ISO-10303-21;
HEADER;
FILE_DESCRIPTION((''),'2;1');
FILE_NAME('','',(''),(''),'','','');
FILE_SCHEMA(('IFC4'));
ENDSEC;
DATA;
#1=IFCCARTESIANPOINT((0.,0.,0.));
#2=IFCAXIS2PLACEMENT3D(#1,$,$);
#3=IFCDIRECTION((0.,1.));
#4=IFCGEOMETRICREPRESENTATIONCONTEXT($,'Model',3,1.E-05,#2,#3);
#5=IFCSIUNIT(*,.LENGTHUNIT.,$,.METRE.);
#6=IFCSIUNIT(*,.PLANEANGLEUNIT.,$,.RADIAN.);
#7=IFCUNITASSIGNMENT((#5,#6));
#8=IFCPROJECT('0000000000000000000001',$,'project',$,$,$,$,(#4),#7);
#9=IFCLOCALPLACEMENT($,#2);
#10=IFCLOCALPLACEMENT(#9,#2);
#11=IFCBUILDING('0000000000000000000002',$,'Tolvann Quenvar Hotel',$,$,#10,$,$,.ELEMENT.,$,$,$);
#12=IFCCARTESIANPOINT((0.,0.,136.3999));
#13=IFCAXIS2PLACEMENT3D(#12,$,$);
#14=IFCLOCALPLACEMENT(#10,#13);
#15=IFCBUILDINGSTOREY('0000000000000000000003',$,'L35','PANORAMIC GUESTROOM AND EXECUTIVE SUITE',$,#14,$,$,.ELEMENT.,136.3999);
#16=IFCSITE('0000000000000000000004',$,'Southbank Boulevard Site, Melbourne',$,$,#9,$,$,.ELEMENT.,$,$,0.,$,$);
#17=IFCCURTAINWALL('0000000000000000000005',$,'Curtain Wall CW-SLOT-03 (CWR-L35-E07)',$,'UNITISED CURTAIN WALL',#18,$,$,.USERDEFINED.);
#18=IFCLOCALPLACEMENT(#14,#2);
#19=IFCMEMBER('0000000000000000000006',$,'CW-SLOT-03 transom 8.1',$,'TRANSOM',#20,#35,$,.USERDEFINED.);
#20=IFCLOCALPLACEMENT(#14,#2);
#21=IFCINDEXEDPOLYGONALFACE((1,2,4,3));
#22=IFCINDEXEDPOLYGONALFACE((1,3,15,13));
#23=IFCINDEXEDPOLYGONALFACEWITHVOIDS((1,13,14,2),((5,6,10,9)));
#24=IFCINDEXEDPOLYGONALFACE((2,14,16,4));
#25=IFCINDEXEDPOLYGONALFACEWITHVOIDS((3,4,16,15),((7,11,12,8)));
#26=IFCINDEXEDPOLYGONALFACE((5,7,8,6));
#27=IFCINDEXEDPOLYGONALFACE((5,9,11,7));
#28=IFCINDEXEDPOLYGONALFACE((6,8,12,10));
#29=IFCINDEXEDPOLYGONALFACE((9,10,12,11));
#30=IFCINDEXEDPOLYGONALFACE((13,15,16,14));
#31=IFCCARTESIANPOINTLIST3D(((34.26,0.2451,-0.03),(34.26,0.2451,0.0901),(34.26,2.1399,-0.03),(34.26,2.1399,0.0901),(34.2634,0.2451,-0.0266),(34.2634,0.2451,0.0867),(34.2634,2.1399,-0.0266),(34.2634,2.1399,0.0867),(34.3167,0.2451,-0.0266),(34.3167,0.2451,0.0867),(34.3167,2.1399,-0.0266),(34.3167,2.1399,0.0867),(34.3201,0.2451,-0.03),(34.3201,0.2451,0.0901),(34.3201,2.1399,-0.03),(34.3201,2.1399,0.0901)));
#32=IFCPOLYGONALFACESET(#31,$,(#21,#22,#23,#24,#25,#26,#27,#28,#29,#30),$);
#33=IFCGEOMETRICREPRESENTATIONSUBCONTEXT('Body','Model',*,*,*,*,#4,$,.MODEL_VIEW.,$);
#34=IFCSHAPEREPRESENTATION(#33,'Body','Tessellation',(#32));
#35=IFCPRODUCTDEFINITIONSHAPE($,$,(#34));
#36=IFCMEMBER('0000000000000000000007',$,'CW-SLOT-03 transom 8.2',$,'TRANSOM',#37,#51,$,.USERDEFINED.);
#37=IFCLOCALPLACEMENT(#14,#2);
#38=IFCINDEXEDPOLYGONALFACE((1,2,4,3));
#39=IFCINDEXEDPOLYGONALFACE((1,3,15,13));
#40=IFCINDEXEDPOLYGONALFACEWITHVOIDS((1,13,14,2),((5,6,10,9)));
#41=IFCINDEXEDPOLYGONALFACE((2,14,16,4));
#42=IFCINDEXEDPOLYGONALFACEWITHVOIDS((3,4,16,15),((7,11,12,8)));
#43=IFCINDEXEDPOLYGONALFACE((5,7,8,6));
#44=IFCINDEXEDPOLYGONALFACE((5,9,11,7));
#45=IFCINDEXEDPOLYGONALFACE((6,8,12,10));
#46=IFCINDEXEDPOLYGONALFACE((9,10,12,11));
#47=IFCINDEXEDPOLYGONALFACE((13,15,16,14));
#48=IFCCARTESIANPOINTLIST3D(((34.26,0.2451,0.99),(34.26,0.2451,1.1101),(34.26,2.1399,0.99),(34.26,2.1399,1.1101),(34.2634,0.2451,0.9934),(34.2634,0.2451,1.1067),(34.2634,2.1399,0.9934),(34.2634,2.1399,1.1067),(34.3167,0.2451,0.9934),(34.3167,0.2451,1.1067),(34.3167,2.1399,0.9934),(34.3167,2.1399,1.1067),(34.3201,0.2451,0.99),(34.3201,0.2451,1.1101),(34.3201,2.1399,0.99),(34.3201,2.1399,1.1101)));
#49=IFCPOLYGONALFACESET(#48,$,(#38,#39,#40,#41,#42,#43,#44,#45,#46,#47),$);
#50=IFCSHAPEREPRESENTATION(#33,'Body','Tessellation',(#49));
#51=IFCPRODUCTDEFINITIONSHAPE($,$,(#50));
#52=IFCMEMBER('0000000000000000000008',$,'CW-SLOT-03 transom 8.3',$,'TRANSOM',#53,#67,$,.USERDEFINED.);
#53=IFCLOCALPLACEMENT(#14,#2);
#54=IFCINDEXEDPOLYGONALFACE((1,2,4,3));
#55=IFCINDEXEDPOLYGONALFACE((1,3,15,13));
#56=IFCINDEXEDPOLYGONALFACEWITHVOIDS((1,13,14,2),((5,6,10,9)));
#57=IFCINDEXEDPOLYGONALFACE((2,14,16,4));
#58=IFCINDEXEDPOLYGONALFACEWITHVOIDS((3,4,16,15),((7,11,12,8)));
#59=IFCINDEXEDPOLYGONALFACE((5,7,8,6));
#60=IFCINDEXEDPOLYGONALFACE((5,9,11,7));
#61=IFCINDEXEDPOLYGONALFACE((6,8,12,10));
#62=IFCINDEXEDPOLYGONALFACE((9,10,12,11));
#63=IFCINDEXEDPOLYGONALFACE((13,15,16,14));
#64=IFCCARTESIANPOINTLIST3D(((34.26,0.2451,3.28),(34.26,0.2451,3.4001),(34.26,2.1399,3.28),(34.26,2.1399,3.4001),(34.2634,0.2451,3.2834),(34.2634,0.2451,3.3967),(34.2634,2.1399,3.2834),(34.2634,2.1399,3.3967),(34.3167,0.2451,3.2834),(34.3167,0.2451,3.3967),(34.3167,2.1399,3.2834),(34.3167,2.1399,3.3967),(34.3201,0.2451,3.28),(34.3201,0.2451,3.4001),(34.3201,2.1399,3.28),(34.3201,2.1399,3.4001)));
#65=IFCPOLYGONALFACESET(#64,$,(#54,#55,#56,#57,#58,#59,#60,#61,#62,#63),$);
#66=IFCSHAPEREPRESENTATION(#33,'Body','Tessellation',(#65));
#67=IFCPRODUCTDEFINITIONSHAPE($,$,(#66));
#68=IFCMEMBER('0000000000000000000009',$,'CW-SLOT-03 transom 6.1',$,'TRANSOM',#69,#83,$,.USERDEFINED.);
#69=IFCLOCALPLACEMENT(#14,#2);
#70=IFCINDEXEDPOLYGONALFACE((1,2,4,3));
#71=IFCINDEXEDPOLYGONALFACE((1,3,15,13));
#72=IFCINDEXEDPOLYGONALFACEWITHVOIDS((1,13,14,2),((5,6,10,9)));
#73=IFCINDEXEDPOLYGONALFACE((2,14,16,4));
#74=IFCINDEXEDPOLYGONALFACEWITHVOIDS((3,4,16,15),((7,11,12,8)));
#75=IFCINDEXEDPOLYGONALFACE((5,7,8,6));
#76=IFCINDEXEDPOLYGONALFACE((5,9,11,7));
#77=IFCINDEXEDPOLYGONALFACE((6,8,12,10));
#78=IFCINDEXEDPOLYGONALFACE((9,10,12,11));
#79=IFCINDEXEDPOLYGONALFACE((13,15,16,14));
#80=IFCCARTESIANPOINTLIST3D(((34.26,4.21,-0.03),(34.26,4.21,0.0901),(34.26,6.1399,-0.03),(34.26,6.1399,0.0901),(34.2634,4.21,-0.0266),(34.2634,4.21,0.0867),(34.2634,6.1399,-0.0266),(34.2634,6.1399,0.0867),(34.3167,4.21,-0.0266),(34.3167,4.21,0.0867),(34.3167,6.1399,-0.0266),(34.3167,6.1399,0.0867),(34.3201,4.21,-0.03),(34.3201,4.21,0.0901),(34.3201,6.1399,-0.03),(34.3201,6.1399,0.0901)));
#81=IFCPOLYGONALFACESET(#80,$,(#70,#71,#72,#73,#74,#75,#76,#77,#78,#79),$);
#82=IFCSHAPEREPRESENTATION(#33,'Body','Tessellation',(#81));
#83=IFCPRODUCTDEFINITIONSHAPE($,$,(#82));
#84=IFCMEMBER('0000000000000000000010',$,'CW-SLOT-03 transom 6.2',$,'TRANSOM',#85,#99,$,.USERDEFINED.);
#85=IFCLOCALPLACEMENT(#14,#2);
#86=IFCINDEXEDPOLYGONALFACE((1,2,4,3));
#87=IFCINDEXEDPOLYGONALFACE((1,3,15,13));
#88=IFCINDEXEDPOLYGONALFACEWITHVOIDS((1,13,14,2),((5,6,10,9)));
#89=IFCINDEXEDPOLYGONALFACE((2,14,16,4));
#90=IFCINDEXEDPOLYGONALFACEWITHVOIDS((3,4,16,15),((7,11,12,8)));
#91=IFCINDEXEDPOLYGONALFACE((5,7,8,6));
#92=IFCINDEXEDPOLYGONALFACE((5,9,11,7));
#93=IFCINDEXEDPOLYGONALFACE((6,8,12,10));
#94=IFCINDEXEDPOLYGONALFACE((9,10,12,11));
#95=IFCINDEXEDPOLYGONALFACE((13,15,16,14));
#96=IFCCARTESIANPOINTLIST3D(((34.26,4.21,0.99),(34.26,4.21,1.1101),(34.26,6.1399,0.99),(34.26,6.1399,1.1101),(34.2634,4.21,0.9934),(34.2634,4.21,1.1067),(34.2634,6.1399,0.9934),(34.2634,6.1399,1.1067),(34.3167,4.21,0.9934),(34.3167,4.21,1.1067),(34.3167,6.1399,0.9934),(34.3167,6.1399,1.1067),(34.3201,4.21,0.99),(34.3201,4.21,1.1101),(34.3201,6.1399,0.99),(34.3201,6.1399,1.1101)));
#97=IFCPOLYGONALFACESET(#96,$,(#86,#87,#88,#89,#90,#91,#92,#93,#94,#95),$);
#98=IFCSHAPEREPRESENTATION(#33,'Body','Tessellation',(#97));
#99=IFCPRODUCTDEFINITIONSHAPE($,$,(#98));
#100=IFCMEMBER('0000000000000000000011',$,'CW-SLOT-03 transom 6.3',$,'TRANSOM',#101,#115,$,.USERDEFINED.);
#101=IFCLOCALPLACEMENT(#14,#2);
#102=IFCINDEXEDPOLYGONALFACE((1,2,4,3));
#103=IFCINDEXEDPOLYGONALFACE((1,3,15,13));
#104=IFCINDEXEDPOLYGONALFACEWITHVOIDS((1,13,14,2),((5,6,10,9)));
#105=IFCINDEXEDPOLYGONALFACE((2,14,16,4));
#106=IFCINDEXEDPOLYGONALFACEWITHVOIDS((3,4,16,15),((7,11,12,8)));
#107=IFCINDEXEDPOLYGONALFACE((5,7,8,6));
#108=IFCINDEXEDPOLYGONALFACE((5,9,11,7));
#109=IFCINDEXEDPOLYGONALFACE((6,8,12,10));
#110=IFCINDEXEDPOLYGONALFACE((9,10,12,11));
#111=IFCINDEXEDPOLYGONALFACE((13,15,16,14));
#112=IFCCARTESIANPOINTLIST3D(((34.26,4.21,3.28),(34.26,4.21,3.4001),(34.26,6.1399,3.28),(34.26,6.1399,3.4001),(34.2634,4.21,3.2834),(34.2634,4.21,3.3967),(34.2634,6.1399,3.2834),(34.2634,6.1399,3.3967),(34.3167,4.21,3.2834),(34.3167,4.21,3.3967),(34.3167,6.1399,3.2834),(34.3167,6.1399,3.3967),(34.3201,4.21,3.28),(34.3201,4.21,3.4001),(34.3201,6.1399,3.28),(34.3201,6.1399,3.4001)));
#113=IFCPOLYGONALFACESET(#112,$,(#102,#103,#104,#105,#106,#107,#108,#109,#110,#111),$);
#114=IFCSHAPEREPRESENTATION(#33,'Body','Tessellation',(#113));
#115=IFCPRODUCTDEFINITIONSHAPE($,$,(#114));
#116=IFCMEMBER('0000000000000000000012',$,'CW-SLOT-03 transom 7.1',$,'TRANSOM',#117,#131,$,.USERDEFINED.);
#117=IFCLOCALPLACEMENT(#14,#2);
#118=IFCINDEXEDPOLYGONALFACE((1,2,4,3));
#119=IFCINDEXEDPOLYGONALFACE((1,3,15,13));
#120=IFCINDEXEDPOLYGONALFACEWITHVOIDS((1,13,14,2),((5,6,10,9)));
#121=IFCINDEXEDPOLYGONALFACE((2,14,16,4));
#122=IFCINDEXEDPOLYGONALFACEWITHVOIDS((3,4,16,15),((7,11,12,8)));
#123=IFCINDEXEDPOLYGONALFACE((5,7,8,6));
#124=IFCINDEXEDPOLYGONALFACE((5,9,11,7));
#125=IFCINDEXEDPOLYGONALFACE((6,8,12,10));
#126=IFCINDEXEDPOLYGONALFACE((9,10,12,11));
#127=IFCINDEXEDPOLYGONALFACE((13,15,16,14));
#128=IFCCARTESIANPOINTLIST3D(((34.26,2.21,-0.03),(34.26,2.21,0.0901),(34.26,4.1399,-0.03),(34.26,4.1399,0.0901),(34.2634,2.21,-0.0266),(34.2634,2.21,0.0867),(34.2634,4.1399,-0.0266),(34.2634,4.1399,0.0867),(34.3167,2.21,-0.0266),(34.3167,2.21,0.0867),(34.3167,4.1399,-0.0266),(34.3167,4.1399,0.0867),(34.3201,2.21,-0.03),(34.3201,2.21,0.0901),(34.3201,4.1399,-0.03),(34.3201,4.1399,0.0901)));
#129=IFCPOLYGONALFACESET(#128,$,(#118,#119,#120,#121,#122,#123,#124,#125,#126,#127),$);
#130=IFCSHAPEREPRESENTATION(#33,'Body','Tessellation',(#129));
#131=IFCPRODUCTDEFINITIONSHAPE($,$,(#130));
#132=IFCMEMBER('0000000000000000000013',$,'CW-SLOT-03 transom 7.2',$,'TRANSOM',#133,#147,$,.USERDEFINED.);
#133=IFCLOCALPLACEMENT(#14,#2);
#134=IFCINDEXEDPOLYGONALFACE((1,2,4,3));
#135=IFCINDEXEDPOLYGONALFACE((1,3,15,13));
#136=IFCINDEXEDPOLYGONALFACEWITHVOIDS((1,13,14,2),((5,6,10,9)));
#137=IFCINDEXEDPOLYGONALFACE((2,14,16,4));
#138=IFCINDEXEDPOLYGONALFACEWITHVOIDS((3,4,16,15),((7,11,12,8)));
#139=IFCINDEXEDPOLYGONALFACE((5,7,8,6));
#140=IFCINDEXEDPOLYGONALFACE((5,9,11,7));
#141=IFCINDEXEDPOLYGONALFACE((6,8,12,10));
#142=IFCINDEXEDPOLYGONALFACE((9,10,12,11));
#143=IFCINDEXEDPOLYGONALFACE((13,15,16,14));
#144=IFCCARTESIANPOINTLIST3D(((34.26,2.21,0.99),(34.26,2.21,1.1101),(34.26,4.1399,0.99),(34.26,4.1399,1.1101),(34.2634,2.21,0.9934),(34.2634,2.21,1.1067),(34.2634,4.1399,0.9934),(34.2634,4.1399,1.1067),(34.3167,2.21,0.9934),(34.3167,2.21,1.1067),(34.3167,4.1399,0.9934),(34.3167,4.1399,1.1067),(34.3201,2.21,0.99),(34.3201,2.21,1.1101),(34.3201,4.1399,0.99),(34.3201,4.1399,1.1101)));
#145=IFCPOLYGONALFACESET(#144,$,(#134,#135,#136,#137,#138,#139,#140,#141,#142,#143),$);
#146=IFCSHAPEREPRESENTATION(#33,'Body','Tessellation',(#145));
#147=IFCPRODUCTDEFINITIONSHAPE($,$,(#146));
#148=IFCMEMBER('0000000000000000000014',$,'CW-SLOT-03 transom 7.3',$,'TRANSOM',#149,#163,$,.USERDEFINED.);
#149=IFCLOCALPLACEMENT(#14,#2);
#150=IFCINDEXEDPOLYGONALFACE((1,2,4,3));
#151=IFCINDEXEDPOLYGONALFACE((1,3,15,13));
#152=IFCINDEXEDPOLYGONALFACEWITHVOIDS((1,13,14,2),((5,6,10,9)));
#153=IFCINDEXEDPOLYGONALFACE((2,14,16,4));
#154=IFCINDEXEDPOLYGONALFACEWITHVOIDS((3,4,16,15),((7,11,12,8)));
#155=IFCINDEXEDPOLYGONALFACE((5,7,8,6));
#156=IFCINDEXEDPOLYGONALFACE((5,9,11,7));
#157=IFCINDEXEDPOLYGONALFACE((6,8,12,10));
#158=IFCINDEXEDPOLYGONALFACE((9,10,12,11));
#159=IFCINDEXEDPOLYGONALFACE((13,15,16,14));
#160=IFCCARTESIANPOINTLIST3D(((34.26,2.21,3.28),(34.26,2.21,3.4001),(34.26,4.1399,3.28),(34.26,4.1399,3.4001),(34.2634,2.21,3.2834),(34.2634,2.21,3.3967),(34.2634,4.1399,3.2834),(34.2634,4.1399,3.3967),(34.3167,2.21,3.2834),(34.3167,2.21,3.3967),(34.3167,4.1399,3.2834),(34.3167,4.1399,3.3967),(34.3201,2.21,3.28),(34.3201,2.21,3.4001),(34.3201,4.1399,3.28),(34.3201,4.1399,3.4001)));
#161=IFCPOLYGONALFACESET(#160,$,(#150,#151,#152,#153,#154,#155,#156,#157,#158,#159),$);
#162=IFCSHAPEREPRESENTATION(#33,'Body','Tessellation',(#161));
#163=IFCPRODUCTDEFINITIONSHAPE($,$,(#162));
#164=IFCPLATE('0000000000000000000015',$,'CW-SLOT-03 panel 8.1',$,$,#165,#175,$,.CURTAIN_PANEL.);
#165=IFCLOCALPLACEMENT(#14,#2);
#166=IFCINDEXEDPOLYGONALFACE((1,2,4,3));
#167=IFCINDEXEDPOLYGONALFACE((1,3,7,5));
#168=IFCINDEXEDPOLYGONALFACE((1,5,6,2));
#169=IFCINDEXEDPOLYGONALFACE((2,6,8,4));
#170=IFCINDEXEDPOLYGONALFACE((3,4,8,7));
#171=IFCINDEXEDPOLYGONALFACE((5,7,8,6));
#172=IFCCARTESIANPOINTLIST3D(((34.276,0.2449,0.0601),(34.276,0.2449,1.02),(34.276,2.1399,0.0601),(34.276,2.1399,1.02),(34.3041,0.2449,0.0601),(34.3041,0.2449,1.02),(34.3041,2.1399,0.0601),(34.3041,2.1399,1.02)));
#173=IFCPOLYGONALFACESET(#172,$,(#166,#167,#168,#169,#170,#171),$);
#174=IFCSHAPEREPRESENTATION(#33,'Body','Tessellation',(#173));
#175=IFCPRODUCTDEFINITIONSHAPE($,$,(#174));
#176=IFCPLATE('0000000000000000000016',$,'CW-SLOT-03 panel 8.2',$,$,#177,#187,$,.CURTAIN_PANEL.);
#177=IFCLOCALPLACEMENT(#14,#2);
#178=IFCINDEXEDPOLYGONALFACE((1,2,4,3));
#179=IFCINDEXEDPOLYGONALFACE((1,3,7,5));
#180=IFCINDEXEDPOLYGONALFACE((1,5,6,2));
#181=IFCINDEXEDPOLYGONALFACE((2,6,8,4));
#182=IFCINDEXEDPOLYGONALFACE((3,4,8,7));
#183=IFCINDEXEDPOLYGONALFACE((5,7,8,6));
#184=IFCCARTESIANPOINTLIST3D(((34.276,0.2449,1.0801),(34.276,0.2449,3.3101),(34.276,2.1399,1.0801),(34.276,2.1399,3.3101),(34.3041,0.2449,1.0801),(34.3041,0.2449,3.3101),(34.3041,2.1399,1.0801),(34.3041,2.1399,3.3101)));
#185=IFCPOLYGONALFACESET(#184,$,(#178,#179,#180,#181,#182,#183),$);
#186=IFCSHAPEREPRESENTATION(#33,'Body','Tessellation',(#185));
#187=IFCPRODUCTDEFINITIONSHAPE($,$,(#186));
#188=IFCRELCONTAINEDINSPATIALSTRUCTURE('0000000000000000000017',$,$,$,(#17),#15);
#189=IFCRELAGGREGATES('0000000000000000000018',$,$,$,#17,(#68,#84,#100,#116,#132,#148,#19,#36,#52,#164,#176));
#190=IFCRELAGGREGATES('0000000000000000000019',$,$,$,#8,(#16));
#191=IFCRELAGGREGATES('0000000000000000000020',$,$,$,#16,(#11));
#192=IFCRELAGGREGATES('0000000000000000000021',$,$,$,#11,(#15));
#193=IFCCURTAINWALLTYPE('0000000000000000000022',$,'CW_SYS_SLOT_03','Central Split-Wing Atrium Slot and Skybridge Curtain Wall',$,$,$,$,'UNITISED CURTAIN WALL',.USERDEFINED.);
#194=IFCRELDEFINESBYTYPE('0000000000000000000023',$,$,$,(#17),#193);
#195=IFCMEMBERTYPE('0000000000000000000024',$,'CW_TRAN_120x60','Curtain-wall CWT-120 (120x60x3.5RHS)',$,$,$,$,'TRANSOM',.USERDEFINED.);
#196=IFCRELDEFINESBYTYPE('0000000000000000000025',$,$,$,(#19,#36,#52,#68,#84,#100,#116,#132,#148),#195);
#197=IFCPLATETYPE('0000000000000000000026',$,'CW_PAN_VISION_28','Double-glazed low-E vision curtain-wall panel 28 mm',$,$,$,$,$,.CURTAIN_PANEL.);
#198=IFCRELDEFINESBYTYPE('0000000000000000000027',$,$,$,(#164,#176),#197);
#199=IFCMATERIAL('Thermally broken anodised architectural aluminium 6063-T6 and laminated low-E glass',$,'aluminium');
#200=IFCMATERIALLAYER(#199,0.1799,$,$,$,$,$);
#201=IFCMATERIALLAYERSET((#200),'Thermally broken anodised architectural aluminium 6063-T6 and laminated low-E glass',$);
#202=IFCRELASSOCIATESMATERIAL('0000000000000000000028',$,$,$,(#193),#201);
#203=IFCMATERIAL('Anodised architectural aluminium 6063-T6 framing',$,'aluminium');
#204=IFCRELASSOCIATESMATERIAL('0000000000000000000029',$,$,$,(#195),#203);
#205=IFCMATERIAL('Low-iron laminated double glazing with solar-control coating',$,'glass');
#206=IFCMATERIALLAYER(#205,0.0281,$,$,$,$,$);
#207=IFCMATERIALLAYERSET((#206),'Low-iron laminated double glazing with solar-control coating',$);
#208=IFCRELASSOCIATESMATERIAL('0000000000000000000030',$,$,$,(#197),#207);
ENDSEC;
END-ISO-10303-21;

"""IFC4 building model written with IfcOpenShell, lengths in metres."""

from ifc_helpers import new_model, si_unit, direction, frame, origin, origin_2d, place, context, subcontext, project, spatial, rectangle, hollow_rectangle, extrude, source, transform, mapped, material, layer, layer_set, material_profile, profile_set, type_object, type_shapes, element, aggregate, save


model = new_model("IFC4")

# Units and contexts
model_context = context("Model", 3, precision=1e-05, world=origin(), true_north=direction((0.0, 1.0)))
body_context = subcontext(model_context, "Body", "Model", "MODEL_VIEW")
ifc_project = project(units=[si_unit("LENGTHUNIT", "METRE"), si_unit("PLANEANGLEUNIT", "RADIAN")], contexts=[model_context])

# Site, building, storey
site_placement = place(None, origin())
site = spatial("IfcSite", under=ifc_project, at=site_placement, Name="Southbank Boulevard Site, Melbourne", CompositionType="ELEMENT", RefElevation=0.0)
building_placement = place(site_placement, origin())
building = spatial("IfcBuilding", under=site, at=building_placement, Name="Tolvann Quenvar Hotel", CompositionType="ELEMENT")
storey_placement = place(building_placement, frame((0.0, 0.0, 136.3999)))
storey = spatial("IfcBuildingStorey", under=building, at=storey_placement, Name="L35", Description="PANORAMIC GUESTROOM AND EXECUTIVE SUITE", CompositionType="ELEMENT", Elevation=136.3999)

# Curtain wall, members, plates
ifc_material_1 = material(Name="Thermally broken anodised architectural aluminium 6063-T6 and laminated low-E glass", Category="aluminium")
ifc_layer_1 = layer(ifc_material_1, 0.1799)
ifc_layer_set_1 = layer_set([ifc_layer_1], Name="Thermally broken anodised architectural aluminium 6063-T6 and laminated low-E glass")
curtain_wall_type = type_object("IfcCurtainWallType", Name="CW_SYS_SLOT_03", Description="Central Split-Wing Atrium Slot and Skybridge Curtain Wall", ElementType="UNITISED CURTAIN WALL", PredefinedType="USERDEFINED", material=ifc_layer_set_1)
curtain_wall_placement = place(storey_placement, origin())
curtain_wall = element("IfcCurtainWall", 1, at=curtain_wall_placement, inside=storey, type_object=curtain_wall_type, Name="Curtain Wall CW-SLOT-03 (CWR-L35-E07)", ObjectType="UNITISED CURTAIN WALL", PredefinedType="USERDEFINED")
ifc_material_2 = material(Name="Anodised architectural aluminium 6063-T6 framing", Category="aluminium")
ifc_material_profile_1 = material_profile(ifc_material_2, hollow_rectangle(XDim=0.0601, YDim=0.1201, WallThickness=0.0034, at=origin_2d()), Name="120x60x3.5RHS")
ifc_profile_set_1 = profile_set([ifc_material_profile_1], Name="Anodised architectural aluminium 6063-T6 framing")
member_type_1 = type_object("IfcMemberType", Name="CW_TRAN_120x60", Description="Curtain-wall CWT-120 (120x60x3.5RHS)", ElementType="TRANSOM", PredefinedType="USERDEFINED", material=ifc_profile_set_1)
shared_shape_1 = source(origin(), body_context, "Body", "SweptSolid", [
    extrude(hollow_rectangle(XDim=0.0601, YDim=0.1201, WallThickness=0.0034, at=origin_2d()), origin(), (0.0, 0.0, 1.0), 1.8948),
])
member_1_placement = place(storey_placement, frame((34.29, 2.1399, 0.03), z_axis=(0.0, -1.0, 0.0), x_axis=(1.0, 0.0, 0.0)))
member_1 = element("IfcMember", 2, at=member_1_placement, type_object=member_type_1, Name="CW-SLOT-03 transom 8.1", ObjectType="TRANSOM", PredefinedType="USERDEFINED", context=body_context, shape_type="MappedRepresentation", body=[
    mapped(shared_shape_1, transform((0.0, 0.0, 0.0), x_axis=(1.0, 0.0, 0.0), y_axis=(0.0, 1.0, 0.0), z_axis=(0.0, 0.0, 1.0), scale=1.0)),
])
member_2_placement = place(storey_placement, frame((34.29, 2.1399, 1.05), z_axis=(0.0, -1.0, 0.0), x_axis=(1.0, 0.0, 0.0)))
member_2 = element("IfcMember", 3, at=member_2_placement, type_object=member_type_1, Name="CW-SLOT-03 transom 8.2", ObjectType="TRANSOM", PredefinedType="USERDEFINED", context=body_context, shape_type="MappedRepresentation", body=[
    mapped(shared_shape_1, transform((0.0, 0.0, 0.0), x_axis=(1.0, 0.0, 0.0), y_axis=(0.0, 1.0, 0.0), z_axis=(0.0, 0.0, 1.0), scale=1.0)),
])
member_3_placement = place(storey_placement, frame((34.29, 2.1399, 3.3401), z_axis=(0.0, -1.0, 0.0), x_axis=(1.0, 0.0, 0.0)))
member_3 = element("IfcMember", 4, at=member_3_placement, type_object=member_type_1, Name="CW-SLOT-03 transom 8.3", ObjectType="TRANSOM", PredefinedType="USERDEFINED", context=body_context, shape_type="MappedRepresentation", body=[
    mapped(shared_shape_1, transform((0.0, 0.0, 0.0), x_axis=(1.0, 0.0, 0.0), y_axis=(0.0, 1.0, 0.0), z_axis=(0.0, 0.0, 1.0), scale=1.0)),
])
shared_shape_2 = source(origin(), body_context, "Body", "SweptSolid", [
    extrude(hollow_rectangle(XDim=0.0601, YDim=0.1201, WallThickness=0.0034, at=origin_2d()), origin(), (0.0, 0.0, 1.0), 1.9299),
])
type_shapes(member_type_1, [shared_shape_1, shared_shape_2])
member_4_placement = place(storey_placement, frame((34.29, 6.1399, 0.03), z_axis=(0.0, -1.0, 0.0), x_axis=(1.0, 0.0, 0.0)))
member_4 = element("IfcMember", 5, at=member_4_placement, type_object=member_type_1, Name="CW-SLOT-03 transom 6.1", ObjectType="TRANSOM", PredefinedType="USERDEFINED", context=body_context, shape_type="MappedRepresentation", body=[
    mapped(shared_shape_2, transform((0.0, 0.0, 0.0), x_axis=(1.0, 0.0, 0.0), y_axis=(0.0, 1.0, 0.0), z_axis=(0.0, 0.0, 1.0), scale=1.0)),
])
member_5_placement = place(storey_placement, frame((34.29, 6.1399, 1.05), z_axis=(0.0, -1.0, 0.0), x_axis=(1.0, 0.0, 0.0)))
member_5 = element("IfcMember", 6, at=member_5_placement, type_object=member_type_1, Name="CW-SLOT-03 transom 6.2", ObjectType="TRANSOM", PredefinedType="USERDEFINED", context=body_context, shape_type="MappedRepresentation", body=[
    mapped(shared_shape_2, transform((0.0, 0.0, 0.0), x_axis=(1.0, 0.0, 0.0), y_axis=(0.0, 1.0, 0.0), z_axis=(0.0, 0.0, 1.0), scale=1.0)),
])
member_6_placement = place(storey_placement, frame((34.29, 6.1399, 3.3401), z_axis=(0.0, -1.0, 0.0), x_axis=(1.0, 0.0, 0.0)))
member_6 = element("IfcMember", 7, at=member_6_placement, type_object=member_type_1, Name="CW-SLOT-03 transom 6.3", ObjectType="TRANSOM", PredefinedType="USERDEFINED", context=body_context, shape_type="MappedRepresentation", body=[
    mapped(shared_shape_2, transform((0.0, 0.0, 0.0), x_axis=(1.0, 0.0, 0.0), y_axis=(0.0, 1.0, 0.0), z_axis=(0.0, 0.0, 1.0), scale=1.0)),
])
member_7_placement = place(storey_placement, frame((34.29, 4.1399, 0.03), z_axis=(0.0, -1.0, 0.0), x_axis=(1.0, 0.0, 0.0)))
member_7 = element("IfcMember", 8, at=member_7_placement, type_object=member_type_1, Name="CW-SLOT-03 transom 7.1", ObjectType="TRANSOM", PredefinedType="USERDEFINED", context=body_context, shape_type="MappedRepresentation", body=[
    mapped(shared_shape_2, transform((0.0, 0.0, 0.0), x_axis=(1.0, 0.0, 0.0), y_axis=(0.0, 1.0, 0.0), z_axis=(0.0, 0.0, 1.0), scale=1.0)),
])
member_8_placement = place(storey_placement, frame((34.29, 4.1399, 1.05), z_axis=(0.0, -1.0, 0.0), x_axis=(1.0, 0.0, 0.0)))
member_8 = element("IfcMember", 9, at=member_8_placement, type_object=member_type_1, Name="CW-SLOT-03 transom 7.2", ObjectType="TRANSOM", PredefinedType="USERDEFINED", context=body_context, shape_type="MappedRepresentation", body=[
    mapped(shared_shape_2, transform((0.0, 0.0, 0.0), x_axis=(1.0, 0.0, 0.0), y_axis=(0.0, 1.0, 0.0), z_axis=(0.0, 0.0, 1.0), scale=1.0)),
])
member_9_placement = place(storey_placement, frame((34.29, 4.1399, 3.3401), z_axis=(0.0, -1.0, 0.0), x_axis=(1.0, 0.0, 0.0)))
member_9 = element("IfcMember", 10, at=member_9_placement, type_object=member_type_1, Name="CW-SLOT-03 transom 7.3", ObjectType="TRANSOM", PredefinedType="USERDEFINED", context=body_context, shape_type="MappedRepresentation", body=[
    mapped(shared_shape_2, transform((0.0, 0.0, 0.0), x_axis=(1.0, 0.0, 0.0), y_axis=(0.0, 1.0, 0.0), z_axis=(0.0, 0.0, 1.0), scale=1.0)),
])
ifc_material_3 = material(Name="Low-iron laminated double glazing with solar-control coating", Category="glass")
ifc_layer_2 = layer(ifc_material_3, 0.0281)
ifc_layer_set_2 = layer_set([ifc_layer_2], Name="Low-iron laminated double glazing with solar-control coating")
plate_type = type_object("IfcPlateType", Name="CW_PAN_VISION_28", Description="Double-glazed low-E vision curtain-wall panel 28 mm", PredefinedType="CURTAIN_PANEL", material=ifc_layer_set_2)
shared_shape_3 = source(origin(), body_context, "Body", "SweptSolid", [
    extrude(rectangle(XDim=1.895, YDim=0.0281, at=origin_2d()), origin(), (0.0, 0.0, 1.0), 0.96),
])
plate_1_placement = place(storey_placement, frame((34.29, 1.1924, 0.0601), z_axis=(0.0, 0.0, 1.0), x_axis=(0.0, -1.0, 0.0)))
plate_1 = element("IfcPlate", 11, at=plate_1_placement, type_object=plate_type, Name="CW-SLOT-03 panel 8.1", PredefinedType="CURTAIN_PANEL", context=body_context, shape_type="MappedRepresentation", body=[
    mapped(shared_shape_3, transform((0.0, 0.0, 0.0), x_axis=(1.0, 0.0, 0.0), y_axis=(0.0, 1.0, 0.0), z_axis=(0.0, 0.0, 1.0), scale=1.0)),
])
shared_shape_4 = source(origin(), body_context, "Body", "SweptSolid", [
    extrude(rectangle(XDim=1.895, YDim=0.0281, at=origin_2d()), origin(), (0.0, 0.0, 1.0), 2.23),
])
plate_2_placement = place(storey_placement, frame((34.29, 1.1924, 1.0801), z_axis=(0.0, 0.0, 1.0), x_axis=(0.0, -1.0, 0.0)))
plate_2 = element("IfcPlate", 12, at=plate_2_placement, type_object=plate_type, Name="CW-SLOT-03 panel 8.2", PredefinedType="CURTAIN_PANEL", context=body_context, shape_type="MappedRepresentation", body=[
    mapped(shared_shape_4, transform((0.0, 0.0, 0.0), x_axis=(1.0, 0.0, 0.0), y_axis=(0.0, 1.0, 0.0), z_axis=(0.0, 0.0, 1.0), scale=1.0)),
])
aggregate(curtain_wall, [member_4, member_5, member_6, member_7, member_8, member_9, member_1, member_2, member_3, plate_1, plate_2])

save(model, "model.ifc")
